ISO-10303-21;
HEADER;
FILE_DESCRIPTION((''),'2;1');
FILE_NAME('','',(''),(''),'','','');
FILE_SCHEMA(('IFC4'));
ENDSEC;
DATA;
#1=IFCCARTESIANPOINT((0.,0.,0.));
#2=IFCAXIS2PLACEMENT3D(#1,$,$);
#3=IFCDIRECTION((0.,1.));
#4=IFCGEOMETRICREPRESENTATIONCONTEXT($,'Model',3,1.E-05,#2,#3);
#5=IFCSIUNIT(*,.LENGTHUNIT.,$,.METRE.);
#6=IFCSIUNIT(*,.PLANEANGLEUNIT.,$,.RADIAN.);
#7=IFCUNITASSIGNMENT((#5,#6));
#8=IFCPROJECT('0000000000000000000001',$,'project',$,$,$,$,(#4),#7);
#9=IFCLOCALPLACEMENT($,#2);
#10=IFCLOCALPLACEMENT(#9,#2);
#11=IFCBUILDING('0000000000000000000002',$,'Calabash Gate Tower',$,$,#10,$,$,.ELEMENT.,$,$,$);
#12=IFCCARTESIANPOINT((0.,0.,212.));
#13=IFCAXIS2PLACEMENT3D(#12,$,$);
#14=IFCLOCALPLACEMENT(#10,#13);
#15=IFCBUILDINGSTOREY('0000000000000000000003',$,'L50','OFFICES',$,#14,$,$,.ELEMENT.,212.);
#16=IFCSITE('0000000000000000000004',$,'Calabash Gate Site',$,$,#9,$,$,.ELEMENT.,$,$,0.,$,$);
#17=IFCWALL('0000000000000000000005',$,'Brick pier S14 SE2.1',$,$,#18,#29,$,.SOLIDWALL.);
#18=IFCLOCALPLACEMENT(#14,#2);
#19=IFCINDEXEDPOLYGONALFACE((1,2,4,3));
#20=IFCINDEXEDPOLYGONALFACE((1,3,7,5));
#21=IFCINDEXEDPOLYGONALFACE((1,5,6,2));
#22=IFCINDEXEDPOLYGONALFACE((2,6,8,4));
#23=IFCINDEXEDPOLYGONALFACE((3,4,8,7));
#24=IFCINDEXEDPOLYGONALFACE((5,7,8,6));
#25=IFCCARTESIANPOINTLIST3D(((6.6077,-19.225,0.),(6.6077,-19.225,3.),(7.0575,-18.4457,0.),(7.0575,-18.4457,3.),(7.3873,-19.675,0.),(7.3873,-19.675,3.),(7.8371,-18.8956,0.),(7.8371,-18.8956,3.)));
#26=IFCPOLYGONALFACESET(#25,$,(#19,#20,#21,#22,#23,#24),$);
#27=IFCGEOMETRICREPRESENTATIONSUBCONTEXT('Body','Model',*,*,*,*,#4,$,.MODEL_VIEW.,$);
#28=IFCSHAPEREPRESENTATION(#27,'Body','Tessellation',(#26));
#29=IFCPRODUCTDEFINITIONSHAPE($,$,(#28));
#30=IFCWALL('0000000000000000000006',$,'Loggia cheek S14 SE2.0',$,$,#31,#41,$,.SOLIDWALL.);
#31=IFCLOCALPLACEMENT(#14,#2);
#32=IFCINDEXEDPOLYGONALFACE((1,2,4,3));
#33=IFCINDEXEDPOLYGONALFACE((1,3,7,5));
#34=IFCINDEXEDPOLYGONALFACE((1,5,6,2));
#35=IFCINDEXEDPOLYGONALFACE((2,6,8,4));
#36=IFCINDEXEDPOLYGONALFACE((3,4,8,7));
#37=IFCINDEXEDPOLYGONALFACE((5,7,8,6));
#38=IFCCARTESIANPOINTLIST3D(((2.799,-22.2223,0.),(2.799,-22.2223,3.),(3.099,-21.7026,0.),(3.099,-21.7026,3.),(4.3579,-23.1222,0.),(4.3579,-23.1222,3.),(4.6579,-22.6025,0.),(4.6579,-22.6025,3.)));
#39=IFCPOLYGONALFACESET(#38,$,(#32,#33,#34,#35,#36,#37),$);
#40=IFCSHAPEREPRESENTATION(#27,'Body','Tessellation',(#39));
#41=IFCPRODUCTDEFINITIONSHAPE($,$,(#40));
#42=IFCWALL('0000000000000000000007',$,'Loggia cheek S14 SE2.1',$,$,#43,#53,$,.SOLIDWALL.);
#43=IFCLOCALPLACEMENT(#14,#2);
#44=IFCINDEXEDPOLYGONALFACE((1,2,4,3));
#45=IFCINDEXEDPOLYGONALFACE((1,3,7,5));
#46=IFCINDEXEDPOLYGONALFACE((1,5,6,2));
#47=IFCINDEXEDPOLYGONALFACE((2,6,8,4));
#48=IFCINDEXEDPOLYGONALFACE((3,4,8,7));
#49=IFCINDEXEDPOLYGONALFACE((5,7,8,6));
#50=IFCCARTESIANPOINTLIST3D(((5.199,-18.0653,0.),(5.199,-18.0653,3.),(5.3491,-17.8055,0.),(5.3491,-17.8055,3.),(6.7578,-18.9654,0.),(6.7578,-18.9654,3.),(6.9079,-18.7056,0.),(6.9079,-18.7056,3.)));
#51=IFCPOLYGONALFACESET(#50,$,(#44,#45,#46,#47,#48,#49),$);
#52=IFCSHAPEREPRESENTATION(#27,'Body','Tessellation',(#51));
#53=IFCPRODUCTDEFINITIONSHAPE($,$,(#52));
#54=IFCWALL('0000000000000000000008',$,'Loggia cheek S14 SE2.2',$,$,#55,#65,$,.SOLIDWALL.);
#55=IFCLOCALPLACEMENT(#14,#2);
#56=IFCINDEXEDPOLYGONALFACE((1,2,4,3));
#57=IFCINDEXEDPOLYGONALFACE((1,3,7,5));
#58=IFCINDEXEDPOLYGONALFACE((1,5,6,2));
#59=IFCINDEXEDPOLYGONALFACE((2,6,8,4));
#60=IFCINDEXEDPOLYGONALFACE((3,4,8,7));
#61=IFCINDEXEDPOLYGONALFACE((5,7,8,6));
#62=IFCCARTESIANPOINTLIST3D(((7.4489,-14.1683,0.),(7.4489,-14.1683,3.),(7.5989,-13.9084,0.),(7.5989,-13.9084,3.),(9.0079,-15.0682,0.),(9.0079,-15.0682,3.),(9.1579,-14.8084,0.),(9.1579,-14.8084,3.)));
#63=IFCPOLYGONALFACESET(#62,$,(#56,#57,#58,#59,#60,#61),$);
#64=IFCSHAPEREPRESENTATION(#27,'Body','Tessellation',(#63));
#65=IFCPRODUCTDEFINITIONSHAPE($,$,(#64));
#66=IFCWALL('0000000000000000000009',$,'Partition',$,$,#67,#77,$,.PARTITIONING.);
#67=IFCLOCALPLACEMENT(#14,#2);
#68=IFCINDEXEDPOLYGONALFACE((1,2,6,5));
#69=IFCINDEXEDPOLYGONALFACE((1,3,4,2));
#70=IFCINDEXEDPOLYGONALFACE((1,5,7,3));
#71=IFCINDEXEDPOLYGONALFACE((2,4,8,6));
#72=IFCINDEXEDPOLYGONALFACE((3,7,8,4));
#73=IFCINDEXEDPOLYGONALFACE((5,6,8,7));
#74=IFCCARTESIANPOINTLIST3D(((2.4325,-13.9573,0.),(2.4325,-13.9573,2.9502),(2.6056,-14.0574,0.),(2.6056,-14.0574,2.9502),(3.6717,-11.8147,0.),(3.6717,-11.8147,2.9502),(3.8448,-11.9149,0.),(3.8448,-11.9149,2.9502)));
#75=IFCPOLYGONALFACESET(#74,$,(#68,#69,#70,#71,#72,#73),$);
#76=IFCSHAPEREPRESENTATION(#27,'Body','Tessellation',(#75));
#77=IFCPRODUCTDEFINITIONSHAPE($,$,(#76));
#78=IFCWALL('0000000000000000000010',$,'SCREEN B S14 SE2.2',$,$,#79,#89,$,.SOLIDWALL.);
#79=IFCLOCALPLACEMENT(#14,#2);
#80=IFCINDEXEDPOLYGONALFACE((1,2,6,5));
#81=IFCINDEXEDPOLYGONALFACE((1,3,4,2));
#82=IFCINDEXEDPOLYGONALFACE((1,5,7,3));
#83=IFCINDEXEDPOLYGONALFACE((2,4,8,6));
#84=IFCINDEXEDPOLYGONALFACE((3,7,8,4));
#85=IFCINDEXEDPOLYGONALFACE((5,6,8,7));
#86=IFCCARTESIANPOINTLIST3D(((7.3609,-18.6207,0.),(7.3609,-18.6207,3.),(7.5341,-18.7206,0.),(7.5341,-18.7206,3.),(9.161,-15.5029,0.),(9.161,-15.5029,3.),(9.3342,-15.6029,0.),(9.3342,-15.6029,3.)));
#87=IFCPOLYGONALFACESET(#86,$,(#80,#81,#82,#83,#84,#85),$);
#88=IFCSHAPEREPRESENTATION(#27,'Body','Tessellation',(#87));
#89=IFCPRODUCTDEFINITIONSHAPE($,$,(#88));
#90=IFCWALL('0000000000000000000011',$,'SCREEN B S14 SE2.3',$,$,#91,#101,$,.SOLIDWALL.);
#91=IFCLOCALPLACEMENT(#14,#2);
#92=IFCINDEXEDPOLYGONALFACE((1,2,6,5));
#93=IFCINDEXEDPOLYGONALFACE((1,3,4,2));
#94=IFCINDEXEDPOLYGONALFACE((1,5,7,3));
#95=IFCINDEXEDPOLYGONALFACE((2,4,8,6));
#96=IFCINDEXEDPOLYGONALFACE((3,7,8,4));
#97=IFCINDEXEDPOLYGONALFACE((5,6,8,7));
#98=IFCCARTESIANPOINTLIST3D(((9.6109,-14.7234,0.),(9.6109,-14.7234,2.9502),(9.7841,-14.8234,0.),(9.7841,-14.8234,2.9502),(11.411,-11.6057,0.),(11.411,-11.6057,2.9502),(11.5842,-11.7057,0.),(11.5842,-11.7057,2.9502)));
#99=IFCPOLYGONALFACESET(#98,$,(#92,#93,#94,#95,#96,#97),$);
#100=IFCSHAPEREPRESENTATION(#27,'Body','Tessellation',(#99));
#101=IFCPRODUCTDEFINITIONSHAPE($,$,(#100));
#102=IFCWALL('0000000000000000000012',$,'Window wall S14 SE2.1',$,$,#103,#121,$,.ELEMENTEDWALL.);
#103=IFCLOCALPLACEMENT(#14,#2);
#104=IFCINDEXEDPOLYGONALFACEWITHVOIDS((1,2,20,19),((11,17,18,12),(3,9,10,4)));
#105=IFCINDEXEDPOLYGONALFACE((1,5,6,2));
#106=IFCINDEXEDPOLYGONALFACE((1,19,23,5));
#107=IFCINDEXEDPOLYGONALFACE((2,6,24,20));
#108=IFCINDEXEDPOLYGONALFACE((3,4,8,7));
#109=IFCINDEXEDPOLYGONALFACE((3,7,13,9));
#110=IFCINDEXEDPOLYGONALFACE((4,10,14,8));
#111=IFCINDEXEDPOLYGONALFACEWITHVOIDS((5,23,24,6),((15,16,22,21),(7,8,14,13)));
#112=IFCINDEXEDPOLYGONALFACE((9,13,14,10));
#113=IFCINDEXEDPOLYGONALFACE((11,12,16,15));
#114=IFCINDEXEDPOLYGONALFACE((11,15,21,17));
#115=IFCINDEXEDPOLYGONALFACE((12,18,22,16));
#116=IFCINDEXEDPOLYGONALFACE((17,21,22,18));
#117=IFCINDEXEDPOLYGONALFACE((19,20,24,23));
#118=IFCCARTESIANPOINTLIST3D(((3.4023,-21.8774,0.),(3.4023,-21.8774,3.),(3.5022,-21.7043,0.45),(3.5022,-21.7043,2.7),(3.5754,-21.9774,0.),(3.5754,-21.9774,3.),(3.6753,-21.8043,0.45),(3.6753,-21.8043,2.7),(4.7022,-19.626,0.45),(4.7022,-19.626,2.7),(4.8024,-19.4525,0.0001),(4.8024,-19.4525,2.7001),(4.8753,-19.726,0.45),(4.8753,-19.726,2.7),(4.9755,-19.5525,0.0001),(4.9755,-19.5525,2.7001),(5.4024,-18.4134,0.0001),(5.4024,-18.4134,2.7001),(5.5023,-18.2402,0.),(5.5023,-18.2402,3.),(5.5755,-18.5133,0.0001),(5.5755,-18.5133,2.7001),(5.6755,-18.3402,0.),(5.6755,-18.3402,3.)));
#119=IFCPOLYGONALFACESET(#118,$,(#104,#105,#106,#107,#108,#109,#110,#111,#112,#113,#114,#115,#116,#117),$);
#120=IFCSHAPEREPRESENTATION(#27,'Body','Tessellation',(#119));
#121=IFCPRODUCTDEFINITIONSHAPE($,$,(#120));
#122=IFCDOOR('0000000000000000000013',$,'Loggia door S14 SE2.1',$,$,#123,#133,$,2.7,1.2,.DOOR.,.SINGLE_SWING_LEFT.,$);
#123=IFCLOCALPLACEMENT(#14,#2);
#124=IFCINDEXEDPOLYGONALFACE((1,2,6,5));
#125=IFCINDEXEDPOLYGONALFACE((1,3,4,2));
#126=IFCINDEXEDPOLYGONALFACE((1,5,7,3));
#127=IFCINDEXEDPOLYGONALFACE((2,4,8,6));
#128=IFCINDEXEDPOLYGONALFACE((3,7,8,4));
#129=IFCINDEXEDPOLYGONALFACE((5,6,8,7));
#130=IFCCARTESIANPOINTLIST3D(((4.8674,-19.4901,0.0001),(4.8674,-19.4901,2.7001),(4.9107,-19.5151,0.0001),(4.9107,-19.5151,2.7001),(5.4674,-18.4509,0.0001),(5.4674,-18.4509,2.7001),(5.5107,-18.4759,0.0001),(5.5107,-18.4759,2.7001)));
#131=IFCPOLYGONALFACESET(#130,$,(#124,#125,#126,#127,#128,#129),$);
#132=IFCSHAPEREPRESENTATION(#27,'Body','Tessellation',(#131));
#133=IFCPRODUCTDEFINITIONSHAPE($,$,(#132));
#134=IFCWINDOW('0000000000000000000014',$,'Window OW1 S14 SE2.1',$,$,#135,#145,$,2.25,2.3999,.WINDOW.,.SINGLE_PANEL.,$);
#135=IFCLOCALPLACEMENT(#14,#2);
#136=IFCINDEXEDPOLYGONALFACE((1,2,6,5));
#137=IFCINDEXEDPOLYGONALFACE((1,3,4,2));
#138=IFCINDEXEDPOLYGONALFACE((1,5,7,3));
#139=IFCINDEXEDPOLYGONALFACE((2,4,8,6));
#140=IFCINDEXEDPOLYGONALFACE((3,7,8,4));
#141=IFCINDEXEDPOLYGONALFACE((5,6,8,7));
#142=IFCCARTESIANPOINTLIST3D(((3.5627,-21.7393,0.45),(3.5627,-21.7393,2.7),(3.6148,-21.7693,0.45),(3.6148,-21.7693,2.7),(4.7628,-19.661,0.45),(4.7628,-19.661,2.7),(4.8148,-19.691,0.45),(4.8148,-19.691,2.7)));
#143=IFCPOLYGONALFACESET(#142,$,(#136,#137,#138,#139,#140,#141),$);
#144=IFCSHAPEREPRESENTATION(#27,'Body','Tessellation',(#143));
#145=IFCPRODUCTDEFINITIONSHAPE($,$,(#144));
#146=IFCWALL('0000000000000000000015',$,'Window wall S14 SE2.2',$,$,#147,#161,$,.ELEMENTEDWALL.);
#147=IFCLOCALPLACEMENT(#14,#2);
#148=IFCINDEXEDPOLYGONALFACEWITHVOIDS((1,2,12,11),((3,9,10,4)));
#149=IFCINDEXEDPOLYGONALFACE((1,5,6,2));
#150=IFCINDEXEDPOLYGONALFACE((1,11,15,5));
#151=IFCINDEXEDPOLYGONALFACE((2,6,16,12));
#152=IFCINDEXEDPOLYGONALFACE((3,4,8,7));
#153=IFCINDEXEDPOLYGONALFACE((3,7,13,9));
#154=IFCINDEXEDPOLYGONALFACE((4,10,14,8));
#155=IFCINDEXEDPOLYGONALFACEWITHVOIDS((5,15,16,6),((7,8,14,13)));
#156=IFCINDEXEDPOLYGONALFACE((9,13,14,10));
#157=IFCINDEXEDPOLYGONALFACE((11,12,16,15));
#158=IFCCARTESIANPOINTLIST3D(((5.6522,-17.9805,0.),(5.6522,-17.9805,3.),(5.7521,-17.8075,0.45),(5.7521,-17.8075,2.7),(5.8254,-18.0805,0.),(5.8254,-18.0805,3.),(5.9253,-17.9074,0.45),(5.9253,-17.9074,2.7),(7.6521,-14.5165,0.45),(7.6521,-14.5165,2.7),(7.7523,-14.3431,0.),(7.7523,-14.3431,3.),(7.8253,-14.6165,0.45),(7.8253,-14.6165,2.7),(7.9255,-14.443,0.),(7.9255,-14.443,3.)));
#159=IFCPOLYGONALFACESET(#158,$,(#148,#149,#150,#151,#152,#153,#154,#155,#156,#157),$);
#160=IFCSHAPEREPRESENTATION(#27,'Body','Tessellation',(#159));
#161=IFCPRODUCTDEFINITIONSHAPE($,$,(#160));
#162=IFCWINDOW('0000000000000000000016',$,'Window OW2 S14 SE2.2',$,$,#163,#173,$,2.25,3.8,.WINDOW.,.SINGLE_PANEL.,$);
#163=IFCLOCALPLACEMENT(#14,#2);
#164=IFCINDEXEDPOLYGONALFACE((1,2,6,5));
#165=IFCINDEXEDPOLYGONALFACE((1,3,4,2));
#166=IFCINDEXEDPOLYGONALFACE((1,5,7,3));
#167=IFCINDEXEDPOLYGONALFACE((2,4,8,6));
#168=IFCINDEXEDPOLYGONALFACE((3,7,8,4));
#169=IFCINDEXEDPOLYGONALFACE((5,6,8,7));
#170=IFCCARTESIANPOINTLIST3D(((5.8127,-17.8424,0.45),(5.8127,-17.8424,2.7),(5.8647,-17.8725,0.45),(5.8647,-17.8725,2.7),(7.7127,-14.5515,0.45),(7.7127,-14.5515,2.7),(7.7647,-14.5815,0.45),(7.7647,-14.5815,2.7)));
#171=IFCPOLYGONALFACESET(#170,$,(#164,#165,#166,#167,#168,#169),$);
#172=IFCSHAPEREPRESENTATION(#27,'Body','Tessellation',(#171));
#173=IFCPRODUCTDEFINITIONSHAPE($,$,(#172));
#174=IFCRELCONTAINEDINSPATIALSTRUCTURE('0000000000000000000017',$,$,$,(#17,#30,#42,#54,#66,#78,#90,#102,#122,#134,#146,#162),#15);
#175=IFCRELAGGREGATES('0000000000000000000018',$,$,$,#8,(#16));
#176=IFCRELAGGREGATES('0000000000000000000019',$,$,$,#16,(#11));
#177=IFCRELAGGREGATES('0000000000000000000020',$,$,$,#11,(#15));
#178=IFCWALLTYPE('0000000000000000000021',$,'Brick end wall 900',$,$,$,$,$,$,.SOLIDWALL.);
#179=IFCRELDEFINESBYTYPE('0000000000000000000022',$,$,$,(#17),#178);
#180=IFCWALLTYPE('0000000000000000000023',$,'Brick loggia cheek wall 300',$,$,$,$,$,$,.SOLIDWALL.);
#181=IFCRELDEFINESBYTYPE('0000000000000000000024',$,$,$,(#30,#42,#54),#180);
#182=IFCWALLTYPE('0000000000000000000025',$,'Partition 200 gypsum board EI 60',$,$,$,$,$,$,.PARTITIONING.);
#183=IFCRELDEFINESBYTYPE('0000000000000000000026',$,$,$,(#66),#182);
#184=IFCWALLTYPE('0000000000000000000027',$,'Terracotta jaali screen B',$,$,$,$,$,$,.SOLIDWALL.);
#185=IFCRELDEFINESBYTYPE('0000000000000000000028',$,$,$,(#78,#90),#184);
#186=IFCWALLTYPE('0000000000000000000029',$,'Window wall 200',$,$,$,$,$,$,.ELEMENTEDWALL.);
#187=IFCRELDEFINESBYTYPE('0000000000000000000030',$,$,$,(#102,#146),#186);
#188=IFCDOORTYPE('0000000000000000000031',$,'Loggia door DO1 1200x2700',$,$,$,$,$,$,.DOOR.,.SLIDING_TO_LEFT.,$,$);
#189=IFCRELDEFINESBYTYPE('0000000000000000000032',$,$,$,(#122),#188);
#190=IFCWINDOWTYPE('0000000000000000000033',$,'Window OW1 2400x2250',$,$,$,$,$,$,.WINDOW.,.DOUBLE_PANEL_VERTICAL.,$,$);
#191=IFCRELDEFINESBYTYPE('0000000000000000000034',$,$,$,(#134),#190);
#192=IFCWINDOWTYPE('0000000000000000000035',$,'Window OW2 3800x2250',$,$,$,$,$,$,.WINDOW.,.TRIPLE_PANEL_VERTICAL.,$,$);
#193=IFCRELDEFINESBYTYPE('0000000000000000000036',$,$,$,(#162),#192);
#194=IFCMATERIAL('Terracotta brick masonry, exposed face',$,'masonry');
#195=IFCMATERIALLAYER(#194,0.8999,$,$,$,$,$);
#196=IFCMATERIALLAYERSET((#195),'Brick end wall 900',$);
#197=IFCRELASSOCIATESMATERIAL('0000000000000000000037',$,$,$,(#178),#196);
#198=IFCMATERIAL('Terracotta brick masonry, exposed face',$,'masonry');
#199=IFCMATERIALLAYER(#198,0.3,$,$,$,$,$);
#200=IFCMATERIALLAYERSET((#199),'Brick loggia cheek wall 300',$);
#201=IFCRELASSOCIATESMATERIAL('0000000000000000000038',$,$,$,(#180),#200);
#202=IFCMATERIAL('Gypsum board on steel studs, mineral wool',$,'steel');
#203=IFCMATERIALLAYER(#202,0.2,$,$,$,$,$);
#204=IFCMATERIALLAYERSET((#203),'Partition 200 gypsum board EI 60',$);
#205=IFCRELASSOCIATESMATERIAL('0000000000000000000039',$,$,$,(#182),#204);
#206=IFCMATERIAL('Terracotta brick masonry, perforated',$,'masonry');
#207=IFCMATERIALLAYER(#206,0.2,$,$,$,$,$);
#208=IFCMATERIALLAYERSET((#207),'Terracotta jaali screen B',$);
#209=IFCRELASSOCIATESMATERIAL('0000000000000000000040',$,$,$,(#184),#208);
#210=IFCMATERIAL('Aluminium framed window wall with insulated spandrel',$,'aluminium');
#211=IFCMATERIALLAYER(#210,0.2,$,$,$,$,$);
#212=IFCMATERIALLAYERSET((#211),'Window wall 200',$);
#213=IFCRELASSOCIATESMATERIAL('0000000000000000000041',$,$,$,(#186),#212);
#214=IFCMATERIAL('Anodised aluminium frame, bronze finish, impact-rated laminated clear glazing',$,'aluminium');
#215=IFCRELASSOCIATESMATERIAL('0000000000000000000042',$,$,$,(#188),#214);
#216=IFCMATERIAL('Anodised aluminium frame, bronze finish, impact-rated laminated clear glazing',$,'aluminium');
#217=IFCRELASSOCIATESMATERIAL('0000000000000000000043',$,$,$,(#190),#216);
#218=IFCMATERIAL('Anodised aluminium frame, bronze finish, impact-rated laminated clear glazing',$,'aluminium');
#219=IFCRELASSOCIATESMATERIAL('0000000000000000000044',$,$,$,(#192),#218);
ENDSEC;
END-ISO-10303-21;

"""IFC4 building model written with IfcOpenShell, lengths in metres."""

from ifc_helpers import new_model, si_unit, direction, frame, frame_2d, origin, place, context, subcontext, project, spatial, rectangle, extrude, material, layer, layer_set, type_object, element, fill, save


model = new_model("IFC4")

# Units and contexts
model_context = context("Model", 3, precision=1e-05, world=origin(), true_north=direction((0.0, 1.0)))
body_context = subcontext(model_context, "Body", "Model", "MODEL_VIEW")
ifc_project = project(units=[si_unit("LENGTHUNIT", "METRE"), si_unit("PLANEANGLEUNIT", "RADIAN")], contexts=[model_context])

# Site, building, storey
site_placement = place(None, origin())
site = spatial("IfcSite", under=ifc_project, at=site_placement, Name="Calabash Gate Site", CompositionType="ELEMENT", RefElevation=0.0)
building_placement = place(site_placement, origin())
building = spatial("IfcBuilding", under=site, at=building_placement, Name="Calabash Gate Tower", CompositionType="ELEMENT")
storey_placement = place(building_placement, frame((0.0, 0.0, 212.0)))
storey = spatial("IfcBuildingStorey", under=building, at=storey_placement, Name="L50", Description="OFFICES", CompositionType="ELEMENT", Elevation=212.0)

# Walls
ifc_material_1 = material(Name="Terracotta brick masonry, exposed face", Category="masonry")
ifc_layer_1 = layer(ifc_material_1, 0.8999)
ifc_layer_set_1 = layer_set([ifc_layer_1], Name="Brick end wall 900")
wall_type_1 = type_object("IfcWallType", Name="Brick end wall 900", PredefinedType="SOLIDWALL", material=ifc_layer_set_1)
wall_1_placement = place(storey_placement, frame((7.6123, -19.2854, 0.0), z_axis=(0.0, 0.0, 1.0), x_axis=(-0.866082, 0.499902, 0.0)))
element("IfcWall", 1, at=wall_1_placement, inside=storey, type_object=wall_type_1, Name="Brick pier S14 SE2.1", PredefinedType="SOLIDWALL", context=body_context, shape_type="SweptSolid", body=[
    extrude(rectangle(XDim=0.9001, YDim=0.8999, at=frame_2d((0.4502, 0.0))), origin(), (0.0, 0.0, 1.0), 3.0),
])
ifc_material_2 = material(Name="Terracotta brick masonry, exposed face", Category="masonry")
ifc_layer_2 = layer(ifc_material_2, 0.3)
ifc_layer_set_2 = layer_set([ifc_layer_2], Name="Brick loggia cheek wall 300")
wall_type_2 = type_object("IfcWallType", Name="Brick loggia cheek wall 300", PredefinedType="SOLIDWALL", material=ifc_layer_set_2)
wall_2_placement = place(storey_placement, frame((4.5078, -22.8623, 0.0), z_axis=(0.0, 0.0, 1.0), x_axis=(-0.866048, 0.499961, 0.0)))
element("IfcWall", 2, at=wall_2_placement, inside=storey, type_object=wall_type_2, Name="Loggia cheek S14 SE2.0", PredefinedType="SOLIDWALL", context=body_context, shape_type="SweptSolid", body=[
    extrude(rectangle(XDim=1.8, YDim=0.6001, at=frame_2d((0.8999, 0.0))), origin(), (0.0, 0.0, 1.0), 3.0),
])
for number, where, z_axis, x_axis, name in (
    (3, (6.8328, -18.8354, 0.0), (0.0, 0.0, 1.0), (-0.865989, 0.500063, 0.0), "Loggia cheek S14 SE2.1"),
    (4, (9.0828, -14.9382, 0.0), (0.0, 0.0, 1.0), (-0.866048, 0.499961, 0.0), "Loggia cheek S14 SE2.2"),
):
    element("IfcWall", number, at=place(storey_placement, frame(where, z_axis=z_axis, x_axis=x_axis)), inside=storey, type_object=wall_type_2, Name=name, PredefinedType="SOLIDWALL", context=body_context, shape_type="SweptSolid", body=[
        extrude(rectangle(XDim=1.8, YDim=0.3, at=frame_2d((0.8999, 0.0))), origin(), (0.0, 0.0, 1.0), 3.0),
    ])
ifc_material_3 = material(Name="Gypsum board on steel studs, mineral wool", Category="steel")
ifc_layer_3 = layer(ifc_material_3, 0.2)
ifc_layer_set_3 = layer_set([ifc_layer_3], Name="Partition 200 gypsum board EI 60")
wall_type_3 = type_object("IfcWallType", Name="Partition 200 gypsum board EI 60", PredefinedType="PARTITIONING", material=ifc_layer_set_3)
wall_3_placement = place(storey_placement, frame((2.519, -14.0073, 0.0), z_axis=(0.0, 0.0, 1.0), x_axis=(0.500679, 0.865633, 0.0)))
element("IfcWall", 5, at=wall_3_placement, inside=storey, type_object=wall_type_3, Name="Partition", PredefinedType="PARTITIONING", context=body_context, shape_type="SweptSolid", body=[
    extrude(rectangle(XDim=2.4751, YDim=0.2, at=frame_2d((1.2375, 0.0))), origin(), (0.0, 0.0, 1.0), 2.9502),
])
ifc_material_4 = material(Name="Terracotta brick masonry, perforated", Category="masonry")
ifc_layer_4 = layer(ifc_material_4, 0.2)
ifc_layer_set_4 = layer_set([ifc_layer_4], Name="Terracotta jaali screen B")
wall_type_4 = type_object("IfcWallType", Name="Terracotta jaali screen B", PredefinedType="SOLIDWALL", material=ifc_layer_set_4)
wall_4_placement = place(storey_placement, frame((7.4475, -18.6707, 0.0), z_axis=(0.0, 0.0, 1.0), x_axis=(0.500012, 0.866018, 0.0)))
element("IfcWall", 6, at=wall_4_placement, inside=storey, type_object=wall_type_4, Name="SCREEN B S14 SE2.2", PredefinedType="SOLIDWALL", context=body_context, shape_type="SweptSolid", body=[
    extrude(rectangle(XDim=3.6001, YDim=0.2, at=frame_2d((1.8, 0.0))), origin(), (0.0, 0.0, 1.0), 3.0),
])
wall_5_placement = place(storey_placement, frame((9.6975, -14.7734, 0.0), z_axis=(0.0, 0.0, 1.0), x_axis=(0.500012, 0.866018, 0.0)))
element("IfcWall", 7, at=wall_5_placement, inside=storey, type_object=wall_type_4, Name="SCREEN B S14 SE2.3", PredefinedType="SOLIDWALL", context=body_context, shape_type="SweptSolid", body=[
    extrude(rectangle(XDim=3.6001, YDim=0.2, at=frame_2d((1.8, 0.0))), origin(), (0.0, 0.0, 1.0), 2.9502),
])

# Wall, openings, door, window
ifc_material_5 = material(Name="Aluminium framed window wall with insulated spandrel", Category="aluminium")
ifc_layer_5 = layer(ifc_material_5, 0.2)
ifc_layer_set_5 = layer_set([ifc_layer_5], Name="Window wall 200")
wall_type_5 = type_object("IfcWallType", Name="Window wall 200", PredefinedType="ELEMENTEDWALL", material=ifc_layer_set_5)
wall_6_placement = place(storey_placement, frame((3.4888, -21.9275, 0.0), z_axis=(0.0, 0.0, 1.0), x_axis=(0.500028, 0.866009, 0.0)))
wall_6 = element("IfcWall", 8, at=wall_6_placement, inside=storey, type_object=wall_type_5, Name="Window wall S14 SE2.1", PredefinedType="ELEMENTEDWALL", context=body_context, shape_type="SweptSolid", body=[
    extrude(rectangle(XDim=4.2, YDim=0.2, at=frame_2d((2.1001, 0.0))), origin(), (0.0, 0.0, 1.0), 3.0),
])
opening_1_placement = place(wall_6_placement, frame((0.2, 0.0, 0.45)))
opening_1 = element("IfcOpeningElement", 9, at=opening_1_placement, cuts=wall_6, PredefinedType="OPENING", context=body_context, shape_type="SweptSolid", body=[
    extrude(rectangle(XDim=2.3999, YDim=2.25, at=frame_2d((1.2, 1.125))), frame((0.0, 0.1099, 0.0), z_axis=(0.0, -1.0, 0.0), x_axis=(1.0, 0.0, 0.0)), (0.0, 0.0, 1.0), 0.22),
])
opening_2_placement = place(wall_6_placement, frame((2.8, 0.0, 0.0)))
opening_2 = element("IfcOpeningElement", 10, at=opening_2_placement, cuts=wall_6, PredefinedType="OPENING", context=body_context, shape_type="SweptSolid", body=[
    extrude(rectangle(XDim=1.2, YDim=2.7, at=frame_2d((0.6001, 1.3501))), frame((0.0, 0.1099, 0.0), z_axis=(0.0, -1.0, 0.0), x_axis=(1.0, 0.0, 0.0)), (0.0, 0.0, 1.0), 0.22),
])
ifc_material_6 = material(Name="Anodised aluminium frame, bronze finish, impact-rated laminated clear glazing", Category="aluminium")
door_type = type_object("IfcDoorType", Name="Loggia door DO1 1200x2700", OperationType="SLIDING_TO_LEFT", PredefinedType="DOOR", material=ifc_material_6)
door_1_placement = place(opening_2_placement, origin())
door_1 = element("IfcDoor", 11, at=door_1_placement, inside=storey, type_object=door_type, Name="Loggia door S14 SE2.1", OperationType="SINGLE_SWING_LEFT", OverallHeight=2.7, OverallWidth=1.2, PredefinedType="DOOR", context=body_context, shape_type="SweptSolid", body=[
    extrude(rectangle(XDim=1.2, YDim=2.7, at=frame_2d((0.6001, 1.3501))), frame((0.0, 0.0249, 0.0), z_axis=(0.0, -1.0, 0.0), x_axis=(1.0, 0.0, 0.0)), (0.0, 0.0, 1.0), 0.05),
])
fill(opening_2, door_1)
ifc_material_7 = material(Name="Anodised aluminium frame, bronze finish, impact-rated laminated clear glazing", Category="aluminium")
window_type_1 = type_object("IfcWindowType", Name="Window OW1 2400x2250", PartitioningType="DOUBLE_PANEL_VERTICAL", PredefinedType="WINDOW", material=ifc_material_7)
window_1_placement = place(opening_1_placement, origin())
window_1 = element("IfcWindow", 12, at=window_1_placement, inside=storey, type_object=window_type_1, Name="Window OW1 S14 SE2.1", OverallHeight=2.25, OverallWidth=2.3999, PartitioningType="SINGLE_PANEL", PredefinedType="WINDOW", context=body_context, shape_type="SweptSolid", body=[
    extrude(rectangle(XDim=2.3999, YDim=2.25, at=frame_2d((1.2, 1.125))), frame((0.0, 0.03, 0.0), z_axis=(0.0, -1.0, 0.0), x_axis=(1.0, 0.0, 0.0)), (0.0, 0.0, 1.0), 0.0601),
])
fill(opening_1, window_1)

# Wall, opening, window
wall_7_placement = place(storey_placement, frame((5.7388, -18.0305, 0.0), z_axis=(0.0, 0.0, 1.0), x_axis=(0.500003, 0.866024, 0.0)))
wall_7 = element("IfcWall", 13, at=wall_7_placement, inside=storey, type_object=wall_type_5, Name="Window wall S14 SE2.2", PredefinedType="ELEMENTEDWALL", context=body_context, shape_type="SweptSolid", body=[
    extrude(rectangle(XDim=4.2002, YDim=0.2, at=frame_2d((2.1001, 0.0))), origin(), (0.0, 0.0, 1.0), 3.0),
])
opening_3_placement = place(wall_7_placement, frame((0.2, 0.0, 0.45)))
opening_3 = element("IfcOpeningElement", 14, at=opening_3_placement, cuts=wall_7, PredefinedType="OPENING", context=body_context, shape_type="SweptSolid", body=[
    extrude(rectangle(XDim=3.8, YDim=2.25, at=frame_2d((1.8999, 1.125))), frame((0.0, 0.1099, 0.0), z_axis=(0.0, -1.0, 0.0), x_axis=(1.0, 0.0, 0.0)), (0.0, 0.0, 1.0), 0.22),
])
ifc_material_8 = material(Name="Anodised aluminium frame, bronze finish, impact-rated laminated clear glazing", Category="aluminium")
window_type_2 = type_object("IfcWindowType", Name="Window OW2 3800x2250", PartitioningType="TRIPLE_PANEL_VERTICAL", PredefinedType="WINDOW", material=ifc_material_8)
window_2_placement = place(opening_3_placement, origin())
window_2 = element("IfcWindow", 15, at=window_2_placement, inside=storey, type_object=window_type_2, Name="Window OW2 S14 SE2.2", OverallHeight=2.25, OverallWidth=3.8, PartitioningType="SINGLE_PANEL", PredefinedType="WINDOW", context=body_context, shape_type="SweptSolid", body=[
    extrude(rectangle(XDim=3.8, YDim=2.25, at=frame_2d((1.8999, 1.125))), frame((0.0, 0.03, 0.0), z_axis=(0.0, -1.0, 0.0), x_axis=(1.0, 0.0, 0.0)), (0.0, 0.0, 1.0), 0.0601),
])
fill(opening_3, window_2)

save(model, "model.ifc")
